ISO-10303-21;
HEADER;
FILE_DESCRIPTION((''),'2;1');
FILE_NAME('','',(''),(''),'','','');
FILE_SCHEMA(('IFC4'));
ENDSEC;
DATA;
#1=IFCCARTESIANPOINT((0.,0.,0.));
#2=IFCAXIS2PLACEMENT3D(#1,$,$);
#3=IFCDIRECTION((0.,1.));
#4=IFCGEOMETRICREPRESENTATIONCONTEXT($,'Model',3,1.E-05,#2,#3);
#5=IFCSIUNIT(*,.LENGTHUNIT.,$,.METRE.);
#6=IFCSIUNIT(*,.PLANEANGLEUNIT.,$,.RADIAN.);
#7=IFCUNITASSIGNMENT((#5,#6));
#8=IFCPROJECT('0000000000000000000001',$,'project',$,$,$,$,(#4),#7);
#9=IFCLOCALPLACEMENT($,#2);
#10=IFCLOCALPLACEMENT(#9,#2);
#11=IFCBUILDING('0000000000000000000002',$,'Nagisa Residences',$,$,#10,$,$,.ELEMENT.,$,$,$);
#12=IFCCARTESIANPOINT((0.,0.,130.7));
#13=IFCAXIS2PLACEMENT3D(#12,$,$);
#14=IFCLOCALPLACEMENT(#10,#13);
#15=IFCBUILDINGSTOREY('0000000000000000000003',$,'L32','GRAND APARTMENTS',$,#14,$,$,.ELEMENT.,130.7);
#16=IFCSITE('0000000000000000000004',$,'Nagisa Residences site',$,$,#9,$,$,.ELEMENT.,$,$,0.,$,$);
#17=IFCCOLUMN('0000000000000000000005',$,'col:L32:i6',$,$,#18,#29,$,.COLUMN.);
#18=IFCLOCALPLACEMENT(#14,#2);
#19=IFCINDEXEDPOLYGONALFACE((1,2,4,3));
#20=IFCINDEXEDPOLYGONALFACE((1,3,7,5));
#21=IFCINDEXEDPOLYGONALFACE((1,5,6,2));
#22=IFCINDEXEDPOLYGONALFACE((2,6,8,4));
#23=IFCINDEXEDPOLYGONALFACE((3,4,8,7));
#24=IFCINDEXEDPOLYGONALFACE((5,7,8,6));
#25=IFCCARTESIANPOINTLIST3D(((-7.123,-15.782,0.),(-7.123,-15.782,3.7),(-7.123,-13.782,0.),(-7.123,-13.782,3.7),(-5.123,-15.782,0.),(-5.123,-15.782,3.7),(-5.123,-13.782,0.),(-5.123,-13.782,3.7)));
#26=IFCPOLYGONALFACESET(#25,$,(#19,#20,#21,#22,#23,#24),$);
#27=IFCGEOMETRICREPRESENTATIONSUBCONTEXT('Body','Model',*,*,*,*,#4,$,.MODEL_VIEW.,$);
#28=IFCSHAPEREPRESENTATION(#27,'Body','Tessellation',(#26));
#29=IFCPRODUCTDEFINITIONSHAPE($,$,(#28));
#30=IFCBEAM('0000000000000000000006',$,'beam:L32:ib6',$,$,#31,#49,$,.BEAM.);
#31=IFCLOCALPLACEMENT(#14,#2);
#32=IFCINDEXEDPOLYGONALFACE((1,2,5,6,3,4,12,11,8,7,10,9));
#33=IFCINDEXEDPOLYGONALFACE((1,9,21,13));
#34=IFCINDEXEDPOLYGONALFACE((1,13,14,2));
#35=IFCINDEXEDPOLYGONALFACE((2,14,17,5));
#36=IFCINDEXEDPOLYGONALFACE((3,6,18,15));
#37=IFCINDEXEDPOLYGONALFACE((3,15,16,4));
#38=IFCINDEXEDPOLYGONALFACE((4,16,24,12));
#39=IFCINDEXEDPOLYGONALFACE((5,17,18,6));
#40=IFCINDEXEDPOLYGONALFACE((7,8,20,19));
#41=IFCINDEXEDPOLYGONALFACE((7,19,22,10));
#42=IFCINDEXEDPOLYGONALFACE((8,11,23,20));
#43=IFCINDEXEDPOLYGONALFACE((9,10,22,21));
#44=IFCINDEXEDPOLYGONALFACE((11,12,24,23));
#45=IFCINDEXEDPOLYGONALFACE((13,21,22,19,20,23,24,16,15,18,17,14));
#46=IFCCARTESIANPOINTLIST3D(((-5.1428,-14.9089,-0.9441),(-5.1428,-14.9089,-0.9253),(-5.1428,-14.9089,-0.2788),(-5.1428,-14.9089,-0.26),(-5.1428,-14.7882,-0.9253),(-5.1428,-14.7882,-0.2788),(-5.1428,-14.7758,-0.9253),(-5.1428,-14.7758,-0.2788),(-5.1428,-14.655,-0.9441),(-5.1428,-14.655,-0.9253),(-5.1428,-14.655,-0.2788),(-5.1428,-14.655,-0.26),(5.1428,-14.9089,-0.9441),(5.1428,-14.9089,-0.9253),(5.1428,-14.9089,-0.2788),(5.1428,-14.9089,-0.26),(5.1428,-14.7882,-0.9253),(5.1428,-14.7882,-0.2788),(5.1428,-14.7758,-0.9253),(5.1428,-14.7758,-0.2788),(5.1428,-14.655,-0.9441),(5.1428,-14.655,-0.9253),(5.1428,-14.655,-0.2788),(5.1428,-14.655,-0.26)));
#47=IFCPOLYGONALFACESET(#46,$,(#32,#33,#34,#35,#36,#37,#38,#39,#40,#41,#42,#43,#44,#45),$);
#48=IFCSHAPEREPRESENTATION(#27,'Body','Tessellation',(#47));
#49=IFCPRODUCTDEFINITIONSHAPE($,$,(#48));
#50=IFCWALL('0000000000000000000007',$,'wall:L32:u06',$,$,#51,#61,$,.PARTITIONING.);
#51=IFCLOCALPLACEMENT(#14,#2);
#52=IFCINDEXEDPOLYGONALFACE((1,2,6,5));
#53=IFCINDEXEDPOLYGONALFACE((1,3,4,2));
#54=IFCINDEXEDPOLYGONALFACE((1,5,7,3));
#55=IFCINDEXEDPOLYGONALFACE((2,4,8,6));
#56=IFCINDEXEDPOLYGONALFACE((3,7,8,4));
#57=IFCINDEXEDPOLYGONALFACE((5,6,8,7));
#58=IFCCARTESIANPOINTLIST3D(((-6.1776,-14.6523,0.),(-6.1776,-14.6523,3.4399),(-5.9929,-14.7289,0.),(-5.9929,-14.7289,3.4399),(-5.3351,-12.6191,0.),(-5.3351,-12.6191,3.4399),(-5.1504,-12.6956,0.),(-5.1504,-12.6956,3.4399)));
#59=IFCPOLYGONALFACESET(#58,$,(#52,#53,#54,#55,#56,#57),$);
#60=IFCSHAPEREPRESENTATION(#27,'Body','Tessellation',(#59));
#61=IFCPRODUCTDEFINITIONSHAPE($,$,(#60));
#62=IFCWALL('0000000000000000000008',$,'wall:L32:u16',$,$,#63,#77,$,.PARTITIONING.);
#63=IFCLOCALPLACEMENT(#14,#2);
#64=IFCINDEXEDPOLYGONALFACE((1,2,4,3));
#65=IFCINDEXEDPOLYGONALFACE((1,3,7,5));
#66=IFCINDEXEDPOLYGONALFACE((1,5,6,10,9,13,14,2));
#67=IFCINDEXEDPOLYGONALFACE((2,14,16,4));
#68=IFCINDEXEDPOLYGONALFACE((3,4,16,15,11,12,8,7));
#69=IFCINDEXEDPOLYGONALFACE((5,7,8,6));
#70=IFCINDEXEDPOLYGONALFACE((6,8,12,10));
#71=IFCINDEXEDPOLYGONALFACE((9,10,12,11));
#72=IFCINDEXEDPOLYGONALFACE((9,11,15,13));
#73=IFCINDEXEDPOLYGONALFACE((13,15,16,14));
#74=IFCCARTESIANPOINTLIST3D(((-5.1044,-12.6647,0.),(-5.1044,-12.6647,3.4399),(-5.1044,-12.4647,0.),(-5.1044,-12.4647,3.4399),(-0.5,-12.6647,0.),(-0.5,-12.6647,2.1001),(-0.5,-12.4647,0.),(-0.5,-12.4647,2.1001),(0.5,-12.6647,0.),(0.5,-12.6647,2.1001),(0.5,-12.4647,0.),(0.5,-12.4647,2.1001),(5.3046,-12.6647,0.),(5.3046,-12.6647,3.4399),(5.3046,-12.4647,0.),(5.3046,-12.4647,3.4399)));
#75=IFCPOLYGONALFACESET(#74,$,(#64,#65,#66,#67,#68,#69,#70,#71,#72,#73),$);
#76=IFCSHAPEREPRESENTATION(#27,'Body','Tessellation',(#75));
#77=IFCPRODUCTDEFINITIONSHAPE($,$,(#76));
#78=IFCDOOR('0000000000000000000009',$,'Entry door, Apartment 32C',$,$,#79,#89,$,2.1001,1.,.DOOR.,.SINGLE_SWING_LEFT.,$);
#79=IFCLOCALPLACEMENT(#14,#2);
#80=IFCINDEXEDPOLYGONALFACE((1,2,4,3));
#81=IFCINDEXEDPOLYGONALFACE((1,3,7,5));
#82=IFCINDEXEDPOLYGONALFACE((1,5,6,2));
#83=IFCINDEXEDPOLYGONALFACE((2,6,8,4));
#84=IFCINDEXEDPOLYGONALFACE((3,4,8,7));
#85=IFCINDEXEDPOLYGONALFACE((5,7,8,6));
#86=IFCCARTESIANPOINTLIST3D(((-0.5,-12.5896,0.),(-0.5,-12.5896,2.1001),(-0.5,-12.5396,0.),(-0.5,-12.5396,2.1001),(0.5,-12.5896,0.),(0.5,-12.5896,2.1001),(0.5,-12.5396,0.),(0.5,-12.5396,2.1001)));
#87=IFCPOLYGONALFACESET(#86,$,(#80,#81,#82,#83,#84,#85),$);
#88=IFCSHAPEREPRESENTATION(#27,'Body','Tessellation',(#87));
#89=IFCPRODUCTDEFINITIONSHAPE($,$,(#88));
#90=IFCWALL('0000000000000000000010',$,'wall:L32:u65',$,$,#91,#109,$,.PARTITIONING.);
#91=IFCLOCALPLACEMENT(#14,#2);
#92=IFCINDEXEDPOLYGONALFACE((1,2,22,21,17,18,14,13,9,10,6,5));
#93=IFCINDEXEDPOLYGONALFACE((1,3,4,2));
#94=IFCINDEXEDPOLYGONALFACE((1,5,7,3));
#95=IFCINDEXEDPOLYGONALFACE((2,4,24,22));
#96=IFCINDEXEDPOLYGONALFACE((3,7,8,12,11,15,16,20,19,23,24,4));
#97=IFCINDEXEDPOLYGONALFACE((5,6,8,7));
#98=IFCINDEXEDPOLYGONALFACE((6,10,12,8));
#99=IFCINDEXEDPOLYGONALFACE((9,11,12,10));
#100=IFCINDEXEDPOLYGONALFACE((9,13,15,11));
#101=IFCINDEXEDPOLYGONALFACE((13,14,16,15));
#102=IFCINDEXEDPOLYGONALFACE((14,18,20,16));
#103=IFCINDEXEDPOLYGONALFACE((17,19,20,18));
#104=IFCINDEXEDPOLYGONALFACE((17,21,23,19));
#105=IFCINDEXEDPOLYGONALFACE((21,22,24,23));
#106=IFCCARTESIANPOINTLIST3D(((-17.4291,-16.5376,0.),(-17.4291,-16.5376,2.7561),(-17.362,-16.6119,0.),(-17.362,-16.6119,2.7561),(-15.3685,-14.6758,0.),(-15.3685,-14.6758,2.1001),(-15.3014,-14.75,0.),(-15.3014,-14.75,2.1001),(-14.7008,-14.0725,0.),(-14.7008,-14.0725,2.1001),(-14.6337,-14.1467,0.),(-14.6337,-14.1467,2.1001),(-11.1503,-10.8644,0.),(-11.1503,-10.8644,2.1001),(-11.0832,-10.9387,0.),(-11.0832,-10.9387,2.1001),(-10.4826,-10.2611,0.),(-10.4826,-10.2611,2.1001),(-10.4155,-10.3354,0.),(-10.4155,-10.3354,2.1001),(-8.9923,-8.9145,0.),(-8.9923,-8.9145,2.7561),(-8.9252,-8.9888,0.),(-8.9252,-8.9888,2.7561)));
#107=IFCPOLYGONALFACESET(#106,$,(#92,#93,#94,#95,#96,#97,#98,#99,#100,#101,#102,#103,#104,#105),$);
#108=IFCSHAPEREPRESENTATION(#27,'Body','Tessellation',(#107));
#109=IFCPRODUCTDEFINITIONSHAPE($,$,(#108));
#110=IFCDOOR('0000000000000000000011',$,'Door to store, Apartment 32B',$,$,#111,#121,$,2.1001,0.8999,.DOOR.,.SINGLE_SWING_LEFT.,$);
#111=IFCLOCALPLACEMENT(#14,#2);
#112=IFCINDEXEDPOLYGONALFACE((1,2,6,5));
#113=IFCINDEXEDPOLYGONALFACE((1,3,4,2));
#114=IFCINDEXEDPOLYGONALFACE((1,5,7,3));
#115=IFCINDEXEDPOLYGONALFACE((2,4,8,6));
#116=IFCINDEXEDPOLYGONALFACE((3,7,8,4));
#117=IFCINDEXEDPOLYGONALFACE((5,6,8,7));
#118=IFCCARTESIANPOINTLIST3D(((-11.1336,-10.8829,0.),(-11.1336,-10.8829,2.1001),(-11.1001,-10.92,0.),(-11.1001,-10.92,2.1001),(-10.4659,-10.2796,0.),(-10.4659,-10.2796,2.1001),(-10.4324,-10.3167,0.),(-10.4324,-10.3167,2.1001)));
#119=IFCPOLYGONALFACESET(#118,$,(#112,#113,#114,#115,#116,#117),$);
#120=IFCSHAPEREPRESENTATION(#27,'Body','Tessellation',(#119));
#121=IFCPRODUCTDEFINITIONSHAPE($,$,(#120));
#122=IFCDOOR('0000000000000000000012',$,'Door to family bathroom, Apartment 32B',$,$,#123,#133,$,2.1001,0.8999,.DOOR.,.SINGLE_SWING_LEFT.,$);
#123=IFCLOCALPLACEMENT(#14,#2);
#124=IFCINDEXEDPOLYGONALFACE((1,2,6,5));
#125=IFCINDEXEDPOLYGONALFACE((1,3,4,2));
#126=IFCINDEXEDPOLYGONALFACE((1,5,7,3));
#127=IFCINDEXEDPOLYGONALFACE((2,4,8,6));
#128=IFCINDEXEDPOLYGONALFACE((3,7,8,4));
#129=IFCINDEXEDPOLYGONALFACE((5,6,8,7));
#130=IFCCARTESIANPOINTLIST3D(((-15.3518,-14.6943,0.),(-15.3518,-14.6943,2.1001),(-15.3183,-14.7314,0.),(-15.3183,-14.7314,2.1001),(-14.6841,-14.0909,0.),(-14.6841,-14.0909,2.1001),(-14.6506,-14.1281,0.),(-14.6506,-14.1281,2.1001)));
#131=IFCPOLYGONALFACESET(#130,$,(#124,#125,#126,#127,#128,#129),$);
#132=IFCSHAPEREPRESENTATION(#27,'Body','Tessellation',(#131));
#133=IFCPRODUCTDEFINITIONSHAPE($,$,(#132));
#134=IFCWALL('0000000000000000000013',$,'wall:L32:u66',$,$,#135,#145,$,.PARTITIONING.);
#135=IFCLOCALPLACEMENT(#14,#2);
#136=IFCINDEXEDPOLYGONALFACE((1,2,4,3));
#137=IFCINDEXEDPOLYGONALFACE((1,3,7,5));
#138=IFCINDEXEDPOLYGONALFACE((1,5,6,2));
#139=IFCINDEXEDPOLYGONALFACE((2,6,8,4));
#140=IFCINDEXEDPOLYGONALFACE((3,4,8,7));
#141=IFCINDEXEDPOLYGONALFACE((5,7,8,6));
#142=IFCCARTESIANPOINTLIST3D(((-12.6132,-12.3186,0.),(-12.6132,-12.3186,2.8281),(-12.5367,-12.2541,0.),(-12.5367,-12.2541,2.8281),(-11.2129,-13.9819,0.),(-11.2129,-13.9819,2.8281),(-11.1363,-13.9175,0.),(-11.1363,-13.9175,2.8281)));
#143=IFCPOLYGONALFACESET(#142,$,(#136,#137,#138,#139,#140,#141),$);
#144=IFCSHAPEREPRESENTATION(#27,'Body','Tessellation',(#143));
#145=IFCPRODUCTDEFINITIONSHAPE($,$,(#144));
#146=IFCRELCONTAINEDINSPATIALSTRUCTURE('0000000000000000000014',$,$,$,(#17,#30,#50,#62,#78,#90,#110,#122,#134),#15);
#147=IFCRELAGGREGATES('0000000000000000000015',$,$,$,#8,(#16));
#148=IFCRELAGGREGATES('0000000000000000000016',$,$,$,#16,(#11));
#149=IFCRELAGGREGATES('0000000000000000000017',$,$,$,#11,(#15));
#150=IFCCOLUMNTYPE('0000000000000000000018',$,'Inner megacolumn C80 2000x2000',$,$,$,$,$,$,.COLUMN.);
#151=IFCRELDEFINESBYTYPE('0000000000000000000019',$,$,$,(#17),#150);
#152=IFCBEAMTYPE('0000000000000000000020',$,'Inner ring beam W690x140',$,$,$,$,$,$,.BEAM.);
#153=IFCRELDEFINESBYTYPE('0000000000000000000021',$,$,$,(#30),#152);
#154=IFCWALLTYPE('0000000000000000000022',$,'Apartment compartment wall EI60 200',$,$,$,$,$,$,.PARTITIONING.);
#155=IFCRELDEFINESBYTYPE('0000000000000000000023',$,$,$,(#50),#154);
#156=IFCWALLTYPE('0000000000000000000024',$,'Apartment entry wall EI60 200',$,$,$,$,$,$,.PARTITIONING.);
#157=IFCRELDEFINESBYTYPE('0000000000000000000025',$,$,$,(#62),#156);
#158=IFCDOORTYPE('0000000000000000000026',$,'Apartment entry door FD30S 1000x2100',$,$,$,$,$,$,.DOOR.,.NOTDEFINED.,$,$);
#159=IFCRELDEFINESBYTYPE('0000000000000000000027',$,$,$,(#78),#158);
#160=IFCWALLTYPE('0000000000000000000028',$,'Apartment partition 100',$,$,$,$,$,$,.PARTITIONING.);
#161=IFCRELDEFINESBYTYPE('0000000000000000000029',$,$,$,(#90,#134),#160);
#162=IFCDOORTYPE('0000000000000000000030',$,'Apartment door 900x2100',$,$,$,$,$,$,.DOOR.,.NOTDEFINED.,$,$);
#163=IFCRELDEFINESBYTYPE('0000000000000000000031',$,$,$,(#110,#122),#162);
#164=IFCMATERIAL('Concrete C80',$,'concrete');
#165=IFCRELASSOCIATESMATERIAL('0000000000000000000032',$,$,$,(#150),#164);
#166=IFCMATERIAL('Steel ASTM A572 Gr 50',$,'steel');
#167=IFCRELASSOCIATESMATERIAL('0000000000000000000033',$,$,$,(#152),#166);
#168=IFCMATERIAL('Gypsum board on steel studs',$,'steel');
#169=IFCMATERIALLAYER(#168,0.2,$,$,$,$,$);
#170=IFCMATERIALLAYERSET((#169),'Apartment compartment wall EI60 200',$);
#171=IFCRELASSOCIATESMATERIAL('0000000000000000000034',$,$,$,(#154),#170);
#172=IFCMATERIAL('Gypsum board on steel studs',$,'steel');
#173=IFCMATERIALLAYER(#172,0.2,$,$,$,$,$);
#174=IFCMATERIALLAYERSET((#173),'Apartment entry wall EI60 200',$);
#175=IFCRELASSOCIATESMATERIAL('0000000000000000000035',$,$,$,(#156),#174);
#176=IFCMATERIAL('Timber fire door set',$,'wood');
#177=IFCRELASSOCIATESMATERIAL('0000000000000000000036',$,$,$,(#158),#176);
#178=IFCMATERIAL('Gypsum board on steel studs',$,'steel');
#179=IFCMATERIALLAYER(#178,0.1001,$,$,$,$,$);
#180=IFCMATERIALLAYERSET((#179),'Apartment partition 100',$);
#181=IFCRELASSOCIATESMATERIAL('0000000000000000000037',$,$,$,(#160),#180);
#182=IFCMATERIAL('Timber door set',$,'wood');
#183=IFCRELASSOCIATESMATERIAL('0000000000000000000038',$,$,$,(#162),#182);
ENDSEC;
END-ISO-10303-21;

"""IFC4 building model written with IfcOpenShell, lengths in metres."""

from ifc_helpers import new_model, si_unit, direction, frame, frame_2d, origin, origin_2d, place, context, subcontext, project, spatial, rectangle, i_section, extrude, material, layer, layer_set, material_profile, profile_set, type_object, element, fill, save


model = new_model("IFC4")

# Units and contexts
model_context = context("Model", 3, precision=1e-05, world=origin(), true_north=direction((0.0, 1.0)))
body_context = subcontext(model_context, "Body", "Model", "MODEL_VIEW")
ifc_project = project(units=[si_unit("LENGTHUNIT", "METRE"), si_unit("PLANEANGLEUNIT", "RADIAN")], contexts=[model_context])

# Site, building, storey
site_placement = place(None, origin())
site = spatial("IfcSite", under=ifc_project, at=site_placement, Name="Nagisa Residences site", CompositionType="ELEMENT", RefElevation=0.0)
building_placement = place(site_placement, origin())
building = spatial("IfcBuilding", under=site, at=building_placement, Name="Nagisa Residences", CompositionType="ELEMENT")
storey_placement = place(building_placement, frame((0.0, 0.0, 130.7)))
storey = spatial("IfcBuildingStorey", under=building, at=storey_placement, Name="L32", Description="GRAND APARTMENTS", CompositionType="ELEMENT", Elevation=130.7)

# Column
ifc_material_1 = material(Name="Concrete C80", Category="concrete")
ifc_material_profile_1 = material_profile(ifc_material_1, rectangle(XDim=2.0, YDim=2.0, at=origin_2d()), Name="C80 2000x2000")
ifc_profile_set_1 = profile_set([ifc_material_profile_1], Name="Concrete C80")
column_type = type_object("IfcColumnType", Name="Inner megacolumn C80 2000x2000", PredefinedType="COLUMN", material=ifc_profile_set_1)
column_placement = place(storey_placement, frame((-6.123, -14.782, 0.0), z_axis=(0.0, 0.0, 1.0), x_axis=(1.0, 0.0, 0.0)))
element("IfcColumn", 1, at=column_placement, inside=storey, type_object=column_type, Name="col:L32:i6", PredefinedType="COLUMN", context=body_context, shape_type="SweptSolid", body=[
    extrude(rectangle(XDim=2.0, YDim=2.0, at=origin_2d()), origin(), (0.0, 0.0, 1.0), 3.7),
])

# Beam
ifc_material_2 = material(Name="Steel ASTM A572 Gr 50", Category="steel")
ifc_material_profile_2 = material_profile(ifc_material_2, i_section(OverallWidth=0.2539, OverallDepth=0.6841, WebThickness=0.0125, FlangeThickness=0.0188, at=origin_2d()), Name="W690x140")
ifc_profile_set_2 = profile_set([ifc_material_profile_2], Name="Steel ASTM A572 Gr 50")
beam_type = type_object("IfcBeamType", Name="Inner ring beam W690x140", PredefinedType="BEAM", material=ifc_profile_set_2)
beam_placement = place(storey_placement, frame((-5.1428, -14.782, -0.6021), z_axis=(1.0, 0.0, 0.0), x_axis=(0.0, 1.0, 0.0)))
element("IfcBeam", 2, at=beam_placement, inside=storey, type_object=beam_type, Name="beam:L32:ib6", PredefinedType="BEAM", context=body_context, shape_type="SweptSolid", body=[
    extrude(i_section(OverallWidth=0.2539, OverallDepth=0.6841, WebThickness=0.0125, FlangeThickness=0.0188, at=origin_2d()), origin(), (0.0, 0.0, 1.0), 10.2856),
])

# Wall
ifc_material_3 = material(Name="Gypsum board on steel studs", Category="steel")
ifc_layer_1 = layer(ifc_material_3, 0.2)
ifc_layer_set_1 = layer_set([ifc_layer_1], Name="Apartment compartment wall EI60 200")
wall_type_1 = type_object("IfcWallType", Name="Apartment compartment wall EI60 200", PredefinedType="PARTITIONING", material=ifc_layer_set_1)
wall_1_placement = place(storey_placement, frame((-5.2427, -12.6572, 0.0), z_axis=(0.0, 0.0, 1.0), x_axis=(-0.382819, -0.923823, 0.0)))
element("IfcWall", 3, at=wall_1_placement, inside=storey, type_object=wall_type_1, Name="wall:L32:u06", PredefinedType="PARTITIONING", context=body_context, shape_type="SweptSolid", body=[
    extrude(rectangle(XDim=2.2009, YDim=0.2, at=frame_2d((1.1006, 0.0))), origin(), (0.0, 0.0, 1.0), 3.4399),
])

# Wall, opening, door
ifc_material_4 = material(Name="Gypsum board on steel studs", Category="steel")
ifc_layer_2 = layer(ifc_material_4, 0.2)
ifc_layer_set_2 = layer_set([ifc_layer_2], Name="Apartment entry wall EI60 200")
wall_type_2 = type_object("IfcWallType", Name="Apartment entry wall EI60 200", PredefinedType="PARTITIONING", material=ifc_layer_set_2)
wall_2_placement = place(storey_placement, frame((-5.1045, -12.5647, 0.0), z_axis=(0.0, 0.0, 1.0), x_axis=(1.0, 0.0, 0.0)))
wall_2 = element("IfcWall", 4, at=wall_2_placement, inside=storey, type_object=wall_type_2, Name="wall:L32:u16", PredefinedType="PARTITIONING", context=body_context, shape_type="SweptSolid", body=[
    extrude(rectangle(XDim=10.4089, YDim=0.2, at=frame_2d((5.2046, 0.0))), origin(), (0.0, 0.0, 1.0), 3.4399),
])
opening_1_placement = place(wall_2_placement, frame((4.6045, 0.0, 0.0)))
opening_1 = element("IfcOpeningElement", 5, at=opening_1_placement, cuts=wall_2, PredefinedType="OPENING", context=body_context, shape_type="SweptSolid", body=[
    extrude(rectangle(XDim=1.0, YDim=2.1001, at=frame_2d((0.5, 1.05))), frame((0.0, 0.1099, 0.0), z_axis=(0.0, -1.0, 0.0), x_axis=(1.0, 0.0, 0.0)), (0.0, 0.0, 1.0), 0.22),
])
ifc_material_5 = material(Name="Timber fire door set", Category="wood")
door_type_1 = type_object("IfcDoorType", Name="Apartment entry door FD30S 1000x2100", OperationType="NOTDEFINED", PredefinedType="DOOR", material=ifc_material_5)
door_1_placement = place(opening_1_placement, frame((1.0, 0.0, 0.0), x_axis=(-1.0, 0.0, 0.0)))
door_1 = element("IfcDoor", 6, at=door_1_placement, inside=storey, type_object=door_type_1, Name="Entry door, Apartment 32C", OperationType="SINGLE_SWING_LEFT", OverallHeight=2.1001, OverallWidth=1.0, PredefinedType="DOOR", context=body_context, shape_type="SweptSolid", body=[
    extrude(rectangle(XDim=1.0, YDim=2.1001, at=frame_2d((0.5, 1.05))), frame((0.0, 0.0249, 0.0), z_axis=(0.0, -1.0, 0.0), x_axis=(1.0, 0.0, 0.0)), (0.0, 0.0, 1.0), 0.05),
])
fill(opening_1, door_1)

# Wall, openings, doors
ifc_material_6 = material(Name="Gypsum board on steel studs", Category="steel")
ifc_layer_3 = layer(ifc_material_6, 0.1001)
ifc_layer_set_3 = layer_set([ifc_layer_3], Name="Apartment partition 100")
wall_type_3 = type_object("IfcWallType", Name="Apartment partition 100", PredefinedType="PARTITIONING", material=ifc_layer_set_3)
wall_3_placement = place(storey_placement, frame((-8.9587, -8.9517, 0.0), z_axis=(0.0, 0.0, 1.0), x_axis=(-0.741983, -0.670419, 0.0)))
wall_3 = element("IfcWall", 7, at=wall_3_placement, inside=storey, type_object=wall_type_3, Name="wall:L32:u65", PredefinedType="PARTITIONING", context=body_context, shape_type="SweptSolid", body=[
    extrude(rectangle(XDim=11.3706, YDim=0.1001, at=frame_2d((5.6853, 0.0))), origin(), (0.0, 0.0, 1.0), 2.7561),
])
opening_2_placement = place(wall_3_placement, frame((2.0085, 0.0, 0.0)))
opening_2 = element("IfcOpeningElement", 8, at=opening_2_placement, cuts=wall_3, PredefinedType="OPENING", context=body_context, shape_type="SweptSolid", body=[
    extrude(rectangle(XDim=0.8999, YDim=2.1001, at=frame_2d((0.45, 1.05))), frame((0.0, 0.0601, 0.0), z_axis=(0.0, -1.0, 0.0), x_axis=(1.0, 0.0, 0.0)), (0.0, 0.0, 1.0), 0.1201),
])
opening_3_placement = place(wall_3_placement, frame((7.6936, 0.0, 0.0)))
opening_3 = element("IfcOpeningElement", 9, at=opening_3_placement, cuts=wall_3, PredefinedType="OPENING", context=body_context, shape_type="SweptSolid", body=[
    extrude(rectangle(XDim=0.8999, YDim=2.1001, at=frame_2d((0.45, 1.05))), frame((0.0, 0.0601, 0.0), z_axis=(0.0, -1.0, 0.0), x_axis=(1.0, 0.0, 0.0)), (0.0, 0.0, 1.0), 0.1201),
])
ifc_material_7 = material(Name="Timber door set", Category="wood")
door_type_2 = type_object("IfcDoorType", Name="Apartment door 900x2100", OperationType="NOTDEFINED", PredefinedType="DOOR", material=ifc_material_7)
door_2_placement = place(opening_2_placement, origin())
door_2 = element("IfcDoor", 10, at=door_2_placement, inside=storey, type_object=door_type_2, Name="Door to store, Apartment 32B", OperationType="SINGLE_SWING_LEFT", OverallHeight=2.1001, OverallWidth=0.8999, PredefinedType="DOOR", context=body_context, shape_type="SweptSolid", body=[
    extrude(rectangle(XDim=0.8999, YDim=2.1001, at=frame_2d((0.45, 1.05))), frame((0.0, 0.0249, 0.0), z_axis=(0.0, -1.0, 0.0), x_axis=(1.0, 0.0, 0.0)), (0.0, 0.0, 1.0), 0.05),
])
fill(opening_2, door_2)
door_3_placement = place(opening_3_placement, origin())
door_3 = element("IfcDoor", 11, at=door_3_placement, inside=storey, type_object=door_type_2, Name="Door to family bathroom, Apartment 32B", OperationType="SINGLE_SWING_LEFT", OverallHeight=2.1001, OverallWidth=0.8999, PredefinedType="DOOR", context=body_context, shape_type="SweptSolid", body=[
    extrude(rectangle(XDim=0.8999, YDim=2.1001, at=frame_2d((0.45, 1.05))), frame((0.0, 0.0249, 0.0), z_axis=(0.0, -1.0, 0.0), x_axis=(1.0, 0.0, 0.0)), (0.0, 0.0, 1.0), 0.05),
])
fill(opening_3, door_3)

# Wall
wall_4_placement = place(storey_placement, frame((-12.575, -12.2864, 0.0), z_axis=(0.0, 0.0, 1.0), x_axis=(0.644053, -0.764981, 0.0)))
element("IfcWall", 12, at=wall_4_placement, inside=storey, type_object=wall_type_3, Name="wall:L32:u66", PredefinedType="PARTITIONING", context=body_context, shape_type="SweptSolid", body=[
    extrude(rectangle(XDim=2.1743, YDim=0.1001, at=frame_2d((1.0872, 0.0))), origin(), (0.0, 0.0, 1.0), 2.8281),
])

save(model, "model.ifc")
